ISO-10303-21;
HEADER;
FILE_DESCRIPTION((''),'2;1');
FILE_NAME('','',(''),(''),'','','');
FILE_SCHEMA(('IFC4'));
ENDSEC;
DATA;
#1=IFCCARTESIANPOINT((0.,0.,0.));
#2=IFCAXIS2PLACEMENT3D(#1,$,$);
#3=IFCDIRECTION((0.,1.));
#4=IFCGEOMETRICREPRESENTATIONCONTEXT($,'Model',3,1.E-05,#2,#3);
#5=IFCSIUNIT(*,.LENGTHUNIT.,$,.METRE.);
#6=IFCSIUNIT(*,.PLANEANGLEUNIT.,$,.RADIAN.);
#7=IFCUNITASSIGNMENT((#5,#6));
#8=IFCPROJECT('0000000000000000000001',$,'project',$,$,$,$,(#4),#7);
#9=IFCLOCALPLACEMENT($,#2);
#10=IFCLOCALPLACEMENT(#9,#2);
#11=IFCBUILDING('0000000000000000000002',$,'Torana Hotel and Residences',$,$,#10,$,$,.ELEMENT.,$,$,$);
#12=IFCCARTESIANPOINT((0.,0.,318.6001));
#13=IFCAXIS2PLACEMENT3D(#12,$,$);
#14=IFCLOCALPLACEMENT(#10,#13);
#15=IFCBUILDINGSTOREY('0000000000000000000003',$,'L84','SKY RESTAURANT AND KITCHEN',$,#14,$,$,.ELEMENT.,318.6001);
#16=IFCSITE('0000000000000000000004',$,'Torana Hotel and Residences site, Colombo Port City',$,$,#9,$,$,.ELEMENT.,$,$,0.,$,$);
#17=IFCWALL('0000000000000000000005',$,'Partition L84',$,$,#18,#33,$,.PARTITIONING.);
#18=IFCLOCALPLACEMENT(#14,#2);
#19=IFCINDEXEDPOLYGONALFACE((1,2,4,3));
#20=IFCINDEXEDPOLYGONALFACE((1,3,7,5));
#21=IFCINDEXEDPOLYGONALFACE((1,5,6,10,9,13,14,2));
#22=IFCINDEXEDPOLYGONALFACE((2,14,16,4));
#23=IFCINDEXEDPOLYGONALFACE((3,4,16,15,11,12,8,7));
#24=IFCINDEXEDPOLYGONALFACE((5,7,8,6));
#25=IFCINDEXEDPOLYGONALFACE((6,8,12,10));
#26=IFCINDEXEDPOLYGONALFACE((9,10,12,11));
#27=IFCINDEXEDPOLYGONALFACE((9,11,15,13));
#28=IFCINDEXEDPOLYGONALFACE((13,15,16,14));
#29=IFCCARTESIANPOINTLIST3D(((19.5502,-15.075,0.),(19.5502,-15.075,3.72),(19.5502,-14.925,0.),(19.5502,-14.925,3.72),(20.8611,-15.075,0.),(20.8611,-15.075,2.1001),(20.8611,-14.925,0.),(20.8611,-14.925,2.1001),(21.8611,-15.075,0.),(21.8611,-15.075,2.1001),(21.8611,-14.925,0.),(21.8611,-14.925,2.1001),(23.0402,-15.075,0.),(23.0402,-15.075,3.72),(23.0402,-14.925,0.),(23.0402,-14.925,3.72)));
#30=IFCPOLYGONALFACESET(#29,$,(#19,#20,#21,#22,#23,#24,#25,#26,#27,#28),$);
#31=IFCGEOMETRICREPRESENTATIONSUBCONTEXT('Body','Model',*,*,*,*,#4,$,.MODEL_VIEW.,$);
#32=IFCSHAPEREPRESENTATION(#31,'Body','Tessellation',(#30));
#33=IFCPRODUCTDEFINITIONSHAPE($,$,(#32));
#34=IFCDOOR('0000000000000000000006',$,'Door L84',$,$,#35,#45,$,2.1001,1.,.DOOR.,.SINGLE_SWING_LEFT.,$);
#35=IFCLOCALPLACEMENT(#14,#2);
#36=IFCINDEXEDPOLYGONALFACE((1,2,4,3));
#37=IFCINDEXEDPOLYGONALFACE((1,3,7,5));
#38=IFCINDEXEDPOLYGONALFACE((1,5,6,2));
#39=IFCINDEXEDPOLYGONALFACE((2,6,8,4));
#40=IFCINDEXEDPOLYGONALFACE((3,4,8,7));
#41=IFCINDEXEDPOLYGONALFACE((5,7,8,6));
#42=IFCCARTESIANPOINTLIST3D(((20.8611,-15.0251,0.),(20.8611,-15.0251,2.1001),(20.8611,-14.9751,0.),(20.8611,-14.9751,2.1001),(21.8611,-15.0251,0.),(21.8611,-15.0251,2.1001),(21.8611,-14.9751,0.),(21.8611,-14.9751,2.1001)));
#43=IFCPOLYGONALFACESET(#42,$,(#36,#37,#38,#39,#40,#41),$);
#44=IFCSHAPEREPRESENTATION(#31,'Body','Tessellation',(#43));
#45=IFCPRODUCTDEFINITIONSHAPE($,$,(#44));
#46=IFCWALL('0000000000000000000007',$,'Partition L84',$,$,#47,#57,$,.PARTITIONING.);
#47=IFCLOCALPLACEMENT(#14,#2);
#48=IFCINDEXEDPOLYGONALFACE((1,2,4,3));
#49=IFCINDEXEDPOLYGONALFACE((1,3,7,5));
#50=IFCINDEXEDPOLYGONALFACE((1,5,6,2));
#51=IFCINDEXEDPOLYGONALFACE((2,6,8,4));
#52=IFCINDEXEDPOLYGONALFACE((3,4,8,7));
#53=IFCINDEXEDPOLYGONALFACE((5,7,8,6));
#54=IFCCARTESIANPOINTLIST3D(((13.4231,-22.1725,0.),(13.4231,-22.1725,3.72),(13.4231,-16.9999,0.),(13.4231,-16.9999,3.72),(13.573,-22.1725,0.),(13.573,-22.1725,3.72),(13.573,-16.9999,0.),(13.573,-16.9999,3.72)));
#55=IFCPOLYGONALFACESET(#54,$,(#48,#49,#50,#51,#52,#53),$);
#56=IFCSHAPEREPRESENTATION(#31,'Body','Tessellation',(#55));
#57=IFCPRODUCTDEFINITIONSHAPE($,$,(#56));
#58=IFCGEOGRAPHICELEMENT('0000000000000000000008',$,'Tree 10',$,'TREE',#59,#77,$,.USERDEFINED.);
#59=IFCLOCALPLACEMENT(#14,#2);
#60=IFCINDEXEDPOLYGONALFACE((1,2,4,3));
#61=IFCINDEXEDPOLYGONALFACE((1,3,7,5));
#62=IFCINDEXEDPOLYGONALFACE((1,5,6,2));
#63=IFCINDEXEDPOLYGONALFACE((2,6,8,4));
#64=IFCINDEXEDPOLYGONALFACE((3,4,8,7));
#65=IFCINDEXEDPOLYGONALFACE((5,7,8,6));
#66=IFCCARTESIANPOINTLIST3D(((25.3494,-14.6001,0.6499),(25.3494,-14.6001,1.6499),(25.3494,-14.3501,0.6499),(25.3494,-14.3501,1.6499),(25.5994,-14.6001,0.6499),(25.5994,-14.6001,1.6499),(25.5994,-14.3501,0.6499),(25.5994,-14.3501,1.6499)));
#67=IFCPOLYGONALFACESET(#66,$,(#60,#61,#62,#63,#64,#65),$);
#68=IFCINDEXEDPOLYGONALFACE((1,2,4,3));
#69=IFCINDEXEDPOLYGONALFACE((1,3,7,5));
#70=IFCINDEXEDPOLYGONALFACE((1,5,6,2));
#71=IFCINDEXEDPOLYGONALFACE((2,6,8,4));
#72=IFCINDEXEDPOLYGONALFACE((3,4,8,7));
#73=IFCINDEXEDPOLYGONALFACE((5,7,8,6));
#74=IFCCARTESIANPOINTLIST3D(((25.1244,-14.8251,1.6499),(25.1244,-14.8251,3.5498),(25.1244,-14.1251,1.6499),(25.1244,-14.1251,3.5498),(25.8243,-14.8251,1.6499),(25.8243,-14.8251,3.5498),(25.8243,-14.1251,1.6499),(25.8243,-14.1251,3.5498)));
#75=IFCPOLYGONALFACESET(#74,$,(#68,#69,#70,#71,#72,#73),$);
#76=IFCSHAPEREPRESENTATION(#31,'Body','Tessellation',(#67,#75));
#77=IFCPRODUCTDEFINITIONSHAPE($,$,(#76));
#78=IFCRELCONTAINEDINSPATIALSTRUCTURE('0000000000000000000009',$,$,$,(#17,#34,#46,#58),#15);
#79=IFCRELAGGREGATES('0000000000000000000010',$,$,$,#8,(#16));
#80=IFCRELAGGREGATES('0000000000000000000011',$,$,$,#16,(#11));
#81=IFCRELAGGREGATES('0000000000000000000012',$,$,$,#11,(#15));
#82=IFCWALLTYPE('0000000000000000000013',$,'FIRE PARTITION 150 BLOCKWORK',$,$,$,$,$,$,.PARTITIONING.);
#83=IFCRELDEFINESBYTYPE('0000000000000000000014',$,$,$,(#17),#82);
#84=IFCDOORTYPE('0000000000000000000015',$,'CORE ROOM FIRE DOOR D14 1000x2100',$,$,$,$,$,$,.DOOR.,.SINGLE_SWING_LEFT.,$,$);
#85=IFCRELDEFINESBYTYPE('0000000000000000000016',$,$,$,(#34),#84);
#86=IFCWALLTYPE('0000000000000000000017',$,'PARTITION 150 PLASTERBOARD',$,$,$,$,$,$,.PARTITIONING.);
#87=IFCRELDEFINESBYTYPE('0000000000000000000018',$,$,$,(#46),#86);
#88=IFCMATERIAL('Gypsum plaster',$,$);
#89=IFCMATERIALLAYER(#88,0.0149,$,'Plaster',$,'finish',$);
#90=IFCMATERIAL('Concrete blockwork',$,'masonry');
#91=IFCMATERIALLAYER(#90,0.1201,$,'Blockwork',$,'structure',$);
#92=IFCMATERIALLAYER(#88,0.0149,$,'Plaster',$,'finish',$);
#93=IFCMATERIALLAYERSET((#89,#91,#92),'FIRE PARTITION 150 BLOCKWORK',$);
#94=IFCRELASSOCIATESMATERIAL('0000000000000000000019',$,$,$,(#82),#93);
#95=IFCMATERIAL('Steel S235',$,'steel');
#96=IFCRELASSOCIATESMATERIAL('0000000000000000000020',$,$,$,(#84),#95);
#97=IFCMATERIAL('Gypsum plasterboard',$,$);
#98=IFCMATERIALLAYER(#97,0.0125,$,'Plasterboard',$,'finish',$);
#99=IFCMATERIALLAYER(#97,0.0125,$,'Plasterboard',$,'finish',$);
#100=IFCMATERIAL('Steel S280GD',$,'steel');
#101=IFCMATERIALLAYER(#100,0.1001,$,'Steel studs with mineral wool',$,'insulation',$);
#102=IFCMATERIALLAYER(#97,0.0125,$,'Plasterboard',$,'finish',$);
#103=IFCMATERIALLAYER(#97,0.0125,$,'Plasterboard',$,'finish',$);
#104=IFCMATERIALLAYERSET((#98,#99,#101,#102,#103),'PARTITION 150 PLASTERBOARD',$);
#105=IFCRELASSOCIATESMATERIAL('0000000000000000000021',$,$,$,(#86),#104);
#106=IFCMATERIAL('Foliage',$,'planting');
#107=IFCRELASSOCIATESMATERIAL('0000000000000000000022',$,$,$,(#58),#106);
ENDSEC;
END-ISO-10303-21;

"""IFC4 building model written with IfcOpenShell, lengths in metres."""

from ifc_helpers import new_model, si_unit, direction, frame, frame_2d, origin, origin_2d, place, context, subcontext, project, spatial, rectangle, extrude, material, layer, layer_set, type_object, element, fill, save


model = new_model("IFC4")

# Units and contexts
model_context = context("Model", 3, precision=1e-05, world=origin(), true_north=direction((0.0, 1.0)))
body_context = subcontext(model_context, "Body", "Model", "MODEL_VIEW")
ifc_project = project(units=[si_unit("LENGTHUNIT", "METRE"), si_unit("PLANEANGLEUNIT", "RADIAN")], contexts=[model_context])

# Site, building, storey
site_placement = place(None, origin())
site = spatial("IfcSite", under=ifc_project, at=site_placement, Name="Torana Hotel and Residences site, Colombo Port City", CompositionType="ELEMENT", RefElevation=0.0)
building_placement = place(site_placement, origin())
building = spatial("IfcBuilding", under=site, at=building_placement, Name="Torana Hotel and Residences", CompositionType="ELEMENT")
storey_placement = place(building_placement, frame((0.0, 0.0, 318.6001)))
storey = spatial("IfcBuildingStorey", under=building, at=storey_placement, Name="L84", Description="SKY RESTAURANT AND KITCHEN", CompositionType="ELEMENT", Elevation=318.6001)

# Shared definitions
ifc_material_1 = material(Name="Steel S280GD", Category="steel")

# Wall, opening, door
ifc_material_2 = material(Name="Gypsum plaster")
ifc_layer_1 = layer(ifc_material_2, 0.0149, Name="Plaster", Category="finish")
ifc_material_3 = material(Name="Concrete blockwork", Category="masonry")
ifc_layer_2 = layer(ifc_material_3, 0.1201, Name="Blockwork", Category="structure")
ifc_layer_3 = layer(ifc_material_2, 0.0149, Name="Plaster", Category="finish")
ifc_layer_set_1 = layer_set([ifc_layer_1, ifc_layer_2, ifc_layer_3], Name="FIRE PARTITION 150 BLOCKWORK")
wall_type_1 = type_object("IfcWallType", Name="FIRE PARTITION 150 BLOCKWORK", PredefinedType="PARTITIONING", material=ifc_layer_set_1)
wall_1_placement = place(storey_placement, frame((19.55, -15.0, 0.0), z_axis=(0.0, 0.0, 1.0), x_axis=(1.0, 0.0, 0.0)))
wall_1 = element("IfcWall", 1, at=wall_1_placement, inside=storey, type_object=wall_type_1, Name="Partition L84", PredefinedType="PARTITIONING", context=body_context, shape_type="SweptSolid", body=[
    extrude(rectangle(XDim=3.49, YDim=0.1499, at=frame_2d((1.7451, 0.0))), origin(), (0.0, 0.0, 1.0), 3.72),
])
opening_1_placement = place(wall_1_placement, frame((1.311, 0.0, 0.0)))
opening_1 = element("IfcOpeningElement", 2, at=opening_1_placement, cuts=wall_1, PredefinedType="OPENING", context=body_context, shape_type="SweptSolid", body=[
    extrude(rectangle(XDim=1.0, YDim=2.1001, at=frame_2d((0.5, 1.05))), frame((0.0, 0.085, 0.0), z_axis=(0.0, -1.0, 0.0), x_axis=(1.0, 0.0, 0.0)), (0.0, 0.0, 1.0), 0.1699),
])
ifc_material_4 = material(Name="Steel S235", Category="steel")
door_type_1 = type_object("IfcDoorType", Name="CORE ROOM FIRE DOOR D14 1000x2100", OperationType="SINGLE_SWING_LEFT", PredefinedType="DOOR", material=ifc_material_4)
door_1_placement = place(opening_1_placement, origin())
door_1 = element("IfcDoor", 3, at=door_1_placement, inside=storey, type_object=door_type_1, Name="Door L84", OperationType="SINGLE_SWING_LEFT", OverallHeight=2.1001, OverallWidth=1.0, PredefinedType="DOOR", context=body_context, shape_type="SweptSolid", body=[
    extrude(rectangle(XDim=1.0, YDim=2.1001, at=frame_2d((0.5, 1.05))), frame((0.0, 0.0249, 0.0), z_axis=(0.0, -1.0, 0.0), x_axis=(1.0, 0.0, 0.0)), (0.0, 0.0, 1.0), 0.05),
])
fill(opening_1, door_1)

# Wall
ifc_material_5 = material(Name="Gypsum plasterboard")
ifc_layer_4 = layer(ifc_material_5, 0.0125, Name="Plasterboard", Category="finish")
ifc_layer_5 = layer(ifc_material_5, 0.0125, Name="Plasterboard", Category="finish")
ifc_layer_6 = layer(ifc_material_1, 0.1001, Name="Steel studs with mineral wool", Category="insulation")
ifc_layer_7 = layer(ifc_material_5, 0.0125, Name="Plasterboard", Category="finish")
ifc_layer_8 = layer(ifc_material_5, 0.0125, Name="Plasterboard", Category="finish")
ifc_layer_set_2 = layer_set([ifc_layer_4, ifc_layer_5, ifc_layer_6, ifc_layer_7, ifc_layer_8], Name="PARTITION 150 PLASTERBOARD")
wall_type_2 = type_object("IfcWallType", Name="PARTITION 150 PLASTERBOARD", PredefinedType="PARTITIONING", material=ifc_layer_set_2)
wall_2_placement = place(storey_placement, frame((13.498, -22.1726, 0.0), z_axis=(0.0, 0.0, 1.0), x_axis=(0.0, 1.0, 0.0)))
element("IfcWall", 4, at=wall_2_placement, inside=storey, type_object=wall_type_2, Name="Partition L84", PredefinedType="PARTITIONING", context=body_context, shape_type="SweptSolid", body=[
    extrude(rectangle(XDim=5.1726, YDim=0.1499, at=frame_2d((2.5864, 0.0))), origin(), (0.0, 0.0, 1.0), 3.72),
])

# Geographic element
ifc_material_6 = material(Name="Foliage", Category="planting")
geographic_element_placement = place(storey_placement, frame((25.4744, -14.4751, 0.6499), z_axis=(0.0, 0.0, 1.0), x_axis=(1.0, 0.0, 0.0)))
element("IfcGeographicElement", 5, at=geographic_element_placement, inside=storey, material=ifc_material_6, Name="Tree 10", ObjectType="TREE", PredefinedType="USERDEFINED", context=body_context, shape_type="SweptSolid", body=[
    extrude(rectangle(XDim=0.25, YDim=0.25, at=origin_2d()), origin(), (0.0, 0.0, 1.0), 1.0),
    extrude(rectangle(XDim=0.7, YDim=0.7, at=origin_2d()), frame((0.0, 0.0, 1.0)), (0.0, 0.0, 1.0), 1.8999),
])

save(model, "model.ifc")
